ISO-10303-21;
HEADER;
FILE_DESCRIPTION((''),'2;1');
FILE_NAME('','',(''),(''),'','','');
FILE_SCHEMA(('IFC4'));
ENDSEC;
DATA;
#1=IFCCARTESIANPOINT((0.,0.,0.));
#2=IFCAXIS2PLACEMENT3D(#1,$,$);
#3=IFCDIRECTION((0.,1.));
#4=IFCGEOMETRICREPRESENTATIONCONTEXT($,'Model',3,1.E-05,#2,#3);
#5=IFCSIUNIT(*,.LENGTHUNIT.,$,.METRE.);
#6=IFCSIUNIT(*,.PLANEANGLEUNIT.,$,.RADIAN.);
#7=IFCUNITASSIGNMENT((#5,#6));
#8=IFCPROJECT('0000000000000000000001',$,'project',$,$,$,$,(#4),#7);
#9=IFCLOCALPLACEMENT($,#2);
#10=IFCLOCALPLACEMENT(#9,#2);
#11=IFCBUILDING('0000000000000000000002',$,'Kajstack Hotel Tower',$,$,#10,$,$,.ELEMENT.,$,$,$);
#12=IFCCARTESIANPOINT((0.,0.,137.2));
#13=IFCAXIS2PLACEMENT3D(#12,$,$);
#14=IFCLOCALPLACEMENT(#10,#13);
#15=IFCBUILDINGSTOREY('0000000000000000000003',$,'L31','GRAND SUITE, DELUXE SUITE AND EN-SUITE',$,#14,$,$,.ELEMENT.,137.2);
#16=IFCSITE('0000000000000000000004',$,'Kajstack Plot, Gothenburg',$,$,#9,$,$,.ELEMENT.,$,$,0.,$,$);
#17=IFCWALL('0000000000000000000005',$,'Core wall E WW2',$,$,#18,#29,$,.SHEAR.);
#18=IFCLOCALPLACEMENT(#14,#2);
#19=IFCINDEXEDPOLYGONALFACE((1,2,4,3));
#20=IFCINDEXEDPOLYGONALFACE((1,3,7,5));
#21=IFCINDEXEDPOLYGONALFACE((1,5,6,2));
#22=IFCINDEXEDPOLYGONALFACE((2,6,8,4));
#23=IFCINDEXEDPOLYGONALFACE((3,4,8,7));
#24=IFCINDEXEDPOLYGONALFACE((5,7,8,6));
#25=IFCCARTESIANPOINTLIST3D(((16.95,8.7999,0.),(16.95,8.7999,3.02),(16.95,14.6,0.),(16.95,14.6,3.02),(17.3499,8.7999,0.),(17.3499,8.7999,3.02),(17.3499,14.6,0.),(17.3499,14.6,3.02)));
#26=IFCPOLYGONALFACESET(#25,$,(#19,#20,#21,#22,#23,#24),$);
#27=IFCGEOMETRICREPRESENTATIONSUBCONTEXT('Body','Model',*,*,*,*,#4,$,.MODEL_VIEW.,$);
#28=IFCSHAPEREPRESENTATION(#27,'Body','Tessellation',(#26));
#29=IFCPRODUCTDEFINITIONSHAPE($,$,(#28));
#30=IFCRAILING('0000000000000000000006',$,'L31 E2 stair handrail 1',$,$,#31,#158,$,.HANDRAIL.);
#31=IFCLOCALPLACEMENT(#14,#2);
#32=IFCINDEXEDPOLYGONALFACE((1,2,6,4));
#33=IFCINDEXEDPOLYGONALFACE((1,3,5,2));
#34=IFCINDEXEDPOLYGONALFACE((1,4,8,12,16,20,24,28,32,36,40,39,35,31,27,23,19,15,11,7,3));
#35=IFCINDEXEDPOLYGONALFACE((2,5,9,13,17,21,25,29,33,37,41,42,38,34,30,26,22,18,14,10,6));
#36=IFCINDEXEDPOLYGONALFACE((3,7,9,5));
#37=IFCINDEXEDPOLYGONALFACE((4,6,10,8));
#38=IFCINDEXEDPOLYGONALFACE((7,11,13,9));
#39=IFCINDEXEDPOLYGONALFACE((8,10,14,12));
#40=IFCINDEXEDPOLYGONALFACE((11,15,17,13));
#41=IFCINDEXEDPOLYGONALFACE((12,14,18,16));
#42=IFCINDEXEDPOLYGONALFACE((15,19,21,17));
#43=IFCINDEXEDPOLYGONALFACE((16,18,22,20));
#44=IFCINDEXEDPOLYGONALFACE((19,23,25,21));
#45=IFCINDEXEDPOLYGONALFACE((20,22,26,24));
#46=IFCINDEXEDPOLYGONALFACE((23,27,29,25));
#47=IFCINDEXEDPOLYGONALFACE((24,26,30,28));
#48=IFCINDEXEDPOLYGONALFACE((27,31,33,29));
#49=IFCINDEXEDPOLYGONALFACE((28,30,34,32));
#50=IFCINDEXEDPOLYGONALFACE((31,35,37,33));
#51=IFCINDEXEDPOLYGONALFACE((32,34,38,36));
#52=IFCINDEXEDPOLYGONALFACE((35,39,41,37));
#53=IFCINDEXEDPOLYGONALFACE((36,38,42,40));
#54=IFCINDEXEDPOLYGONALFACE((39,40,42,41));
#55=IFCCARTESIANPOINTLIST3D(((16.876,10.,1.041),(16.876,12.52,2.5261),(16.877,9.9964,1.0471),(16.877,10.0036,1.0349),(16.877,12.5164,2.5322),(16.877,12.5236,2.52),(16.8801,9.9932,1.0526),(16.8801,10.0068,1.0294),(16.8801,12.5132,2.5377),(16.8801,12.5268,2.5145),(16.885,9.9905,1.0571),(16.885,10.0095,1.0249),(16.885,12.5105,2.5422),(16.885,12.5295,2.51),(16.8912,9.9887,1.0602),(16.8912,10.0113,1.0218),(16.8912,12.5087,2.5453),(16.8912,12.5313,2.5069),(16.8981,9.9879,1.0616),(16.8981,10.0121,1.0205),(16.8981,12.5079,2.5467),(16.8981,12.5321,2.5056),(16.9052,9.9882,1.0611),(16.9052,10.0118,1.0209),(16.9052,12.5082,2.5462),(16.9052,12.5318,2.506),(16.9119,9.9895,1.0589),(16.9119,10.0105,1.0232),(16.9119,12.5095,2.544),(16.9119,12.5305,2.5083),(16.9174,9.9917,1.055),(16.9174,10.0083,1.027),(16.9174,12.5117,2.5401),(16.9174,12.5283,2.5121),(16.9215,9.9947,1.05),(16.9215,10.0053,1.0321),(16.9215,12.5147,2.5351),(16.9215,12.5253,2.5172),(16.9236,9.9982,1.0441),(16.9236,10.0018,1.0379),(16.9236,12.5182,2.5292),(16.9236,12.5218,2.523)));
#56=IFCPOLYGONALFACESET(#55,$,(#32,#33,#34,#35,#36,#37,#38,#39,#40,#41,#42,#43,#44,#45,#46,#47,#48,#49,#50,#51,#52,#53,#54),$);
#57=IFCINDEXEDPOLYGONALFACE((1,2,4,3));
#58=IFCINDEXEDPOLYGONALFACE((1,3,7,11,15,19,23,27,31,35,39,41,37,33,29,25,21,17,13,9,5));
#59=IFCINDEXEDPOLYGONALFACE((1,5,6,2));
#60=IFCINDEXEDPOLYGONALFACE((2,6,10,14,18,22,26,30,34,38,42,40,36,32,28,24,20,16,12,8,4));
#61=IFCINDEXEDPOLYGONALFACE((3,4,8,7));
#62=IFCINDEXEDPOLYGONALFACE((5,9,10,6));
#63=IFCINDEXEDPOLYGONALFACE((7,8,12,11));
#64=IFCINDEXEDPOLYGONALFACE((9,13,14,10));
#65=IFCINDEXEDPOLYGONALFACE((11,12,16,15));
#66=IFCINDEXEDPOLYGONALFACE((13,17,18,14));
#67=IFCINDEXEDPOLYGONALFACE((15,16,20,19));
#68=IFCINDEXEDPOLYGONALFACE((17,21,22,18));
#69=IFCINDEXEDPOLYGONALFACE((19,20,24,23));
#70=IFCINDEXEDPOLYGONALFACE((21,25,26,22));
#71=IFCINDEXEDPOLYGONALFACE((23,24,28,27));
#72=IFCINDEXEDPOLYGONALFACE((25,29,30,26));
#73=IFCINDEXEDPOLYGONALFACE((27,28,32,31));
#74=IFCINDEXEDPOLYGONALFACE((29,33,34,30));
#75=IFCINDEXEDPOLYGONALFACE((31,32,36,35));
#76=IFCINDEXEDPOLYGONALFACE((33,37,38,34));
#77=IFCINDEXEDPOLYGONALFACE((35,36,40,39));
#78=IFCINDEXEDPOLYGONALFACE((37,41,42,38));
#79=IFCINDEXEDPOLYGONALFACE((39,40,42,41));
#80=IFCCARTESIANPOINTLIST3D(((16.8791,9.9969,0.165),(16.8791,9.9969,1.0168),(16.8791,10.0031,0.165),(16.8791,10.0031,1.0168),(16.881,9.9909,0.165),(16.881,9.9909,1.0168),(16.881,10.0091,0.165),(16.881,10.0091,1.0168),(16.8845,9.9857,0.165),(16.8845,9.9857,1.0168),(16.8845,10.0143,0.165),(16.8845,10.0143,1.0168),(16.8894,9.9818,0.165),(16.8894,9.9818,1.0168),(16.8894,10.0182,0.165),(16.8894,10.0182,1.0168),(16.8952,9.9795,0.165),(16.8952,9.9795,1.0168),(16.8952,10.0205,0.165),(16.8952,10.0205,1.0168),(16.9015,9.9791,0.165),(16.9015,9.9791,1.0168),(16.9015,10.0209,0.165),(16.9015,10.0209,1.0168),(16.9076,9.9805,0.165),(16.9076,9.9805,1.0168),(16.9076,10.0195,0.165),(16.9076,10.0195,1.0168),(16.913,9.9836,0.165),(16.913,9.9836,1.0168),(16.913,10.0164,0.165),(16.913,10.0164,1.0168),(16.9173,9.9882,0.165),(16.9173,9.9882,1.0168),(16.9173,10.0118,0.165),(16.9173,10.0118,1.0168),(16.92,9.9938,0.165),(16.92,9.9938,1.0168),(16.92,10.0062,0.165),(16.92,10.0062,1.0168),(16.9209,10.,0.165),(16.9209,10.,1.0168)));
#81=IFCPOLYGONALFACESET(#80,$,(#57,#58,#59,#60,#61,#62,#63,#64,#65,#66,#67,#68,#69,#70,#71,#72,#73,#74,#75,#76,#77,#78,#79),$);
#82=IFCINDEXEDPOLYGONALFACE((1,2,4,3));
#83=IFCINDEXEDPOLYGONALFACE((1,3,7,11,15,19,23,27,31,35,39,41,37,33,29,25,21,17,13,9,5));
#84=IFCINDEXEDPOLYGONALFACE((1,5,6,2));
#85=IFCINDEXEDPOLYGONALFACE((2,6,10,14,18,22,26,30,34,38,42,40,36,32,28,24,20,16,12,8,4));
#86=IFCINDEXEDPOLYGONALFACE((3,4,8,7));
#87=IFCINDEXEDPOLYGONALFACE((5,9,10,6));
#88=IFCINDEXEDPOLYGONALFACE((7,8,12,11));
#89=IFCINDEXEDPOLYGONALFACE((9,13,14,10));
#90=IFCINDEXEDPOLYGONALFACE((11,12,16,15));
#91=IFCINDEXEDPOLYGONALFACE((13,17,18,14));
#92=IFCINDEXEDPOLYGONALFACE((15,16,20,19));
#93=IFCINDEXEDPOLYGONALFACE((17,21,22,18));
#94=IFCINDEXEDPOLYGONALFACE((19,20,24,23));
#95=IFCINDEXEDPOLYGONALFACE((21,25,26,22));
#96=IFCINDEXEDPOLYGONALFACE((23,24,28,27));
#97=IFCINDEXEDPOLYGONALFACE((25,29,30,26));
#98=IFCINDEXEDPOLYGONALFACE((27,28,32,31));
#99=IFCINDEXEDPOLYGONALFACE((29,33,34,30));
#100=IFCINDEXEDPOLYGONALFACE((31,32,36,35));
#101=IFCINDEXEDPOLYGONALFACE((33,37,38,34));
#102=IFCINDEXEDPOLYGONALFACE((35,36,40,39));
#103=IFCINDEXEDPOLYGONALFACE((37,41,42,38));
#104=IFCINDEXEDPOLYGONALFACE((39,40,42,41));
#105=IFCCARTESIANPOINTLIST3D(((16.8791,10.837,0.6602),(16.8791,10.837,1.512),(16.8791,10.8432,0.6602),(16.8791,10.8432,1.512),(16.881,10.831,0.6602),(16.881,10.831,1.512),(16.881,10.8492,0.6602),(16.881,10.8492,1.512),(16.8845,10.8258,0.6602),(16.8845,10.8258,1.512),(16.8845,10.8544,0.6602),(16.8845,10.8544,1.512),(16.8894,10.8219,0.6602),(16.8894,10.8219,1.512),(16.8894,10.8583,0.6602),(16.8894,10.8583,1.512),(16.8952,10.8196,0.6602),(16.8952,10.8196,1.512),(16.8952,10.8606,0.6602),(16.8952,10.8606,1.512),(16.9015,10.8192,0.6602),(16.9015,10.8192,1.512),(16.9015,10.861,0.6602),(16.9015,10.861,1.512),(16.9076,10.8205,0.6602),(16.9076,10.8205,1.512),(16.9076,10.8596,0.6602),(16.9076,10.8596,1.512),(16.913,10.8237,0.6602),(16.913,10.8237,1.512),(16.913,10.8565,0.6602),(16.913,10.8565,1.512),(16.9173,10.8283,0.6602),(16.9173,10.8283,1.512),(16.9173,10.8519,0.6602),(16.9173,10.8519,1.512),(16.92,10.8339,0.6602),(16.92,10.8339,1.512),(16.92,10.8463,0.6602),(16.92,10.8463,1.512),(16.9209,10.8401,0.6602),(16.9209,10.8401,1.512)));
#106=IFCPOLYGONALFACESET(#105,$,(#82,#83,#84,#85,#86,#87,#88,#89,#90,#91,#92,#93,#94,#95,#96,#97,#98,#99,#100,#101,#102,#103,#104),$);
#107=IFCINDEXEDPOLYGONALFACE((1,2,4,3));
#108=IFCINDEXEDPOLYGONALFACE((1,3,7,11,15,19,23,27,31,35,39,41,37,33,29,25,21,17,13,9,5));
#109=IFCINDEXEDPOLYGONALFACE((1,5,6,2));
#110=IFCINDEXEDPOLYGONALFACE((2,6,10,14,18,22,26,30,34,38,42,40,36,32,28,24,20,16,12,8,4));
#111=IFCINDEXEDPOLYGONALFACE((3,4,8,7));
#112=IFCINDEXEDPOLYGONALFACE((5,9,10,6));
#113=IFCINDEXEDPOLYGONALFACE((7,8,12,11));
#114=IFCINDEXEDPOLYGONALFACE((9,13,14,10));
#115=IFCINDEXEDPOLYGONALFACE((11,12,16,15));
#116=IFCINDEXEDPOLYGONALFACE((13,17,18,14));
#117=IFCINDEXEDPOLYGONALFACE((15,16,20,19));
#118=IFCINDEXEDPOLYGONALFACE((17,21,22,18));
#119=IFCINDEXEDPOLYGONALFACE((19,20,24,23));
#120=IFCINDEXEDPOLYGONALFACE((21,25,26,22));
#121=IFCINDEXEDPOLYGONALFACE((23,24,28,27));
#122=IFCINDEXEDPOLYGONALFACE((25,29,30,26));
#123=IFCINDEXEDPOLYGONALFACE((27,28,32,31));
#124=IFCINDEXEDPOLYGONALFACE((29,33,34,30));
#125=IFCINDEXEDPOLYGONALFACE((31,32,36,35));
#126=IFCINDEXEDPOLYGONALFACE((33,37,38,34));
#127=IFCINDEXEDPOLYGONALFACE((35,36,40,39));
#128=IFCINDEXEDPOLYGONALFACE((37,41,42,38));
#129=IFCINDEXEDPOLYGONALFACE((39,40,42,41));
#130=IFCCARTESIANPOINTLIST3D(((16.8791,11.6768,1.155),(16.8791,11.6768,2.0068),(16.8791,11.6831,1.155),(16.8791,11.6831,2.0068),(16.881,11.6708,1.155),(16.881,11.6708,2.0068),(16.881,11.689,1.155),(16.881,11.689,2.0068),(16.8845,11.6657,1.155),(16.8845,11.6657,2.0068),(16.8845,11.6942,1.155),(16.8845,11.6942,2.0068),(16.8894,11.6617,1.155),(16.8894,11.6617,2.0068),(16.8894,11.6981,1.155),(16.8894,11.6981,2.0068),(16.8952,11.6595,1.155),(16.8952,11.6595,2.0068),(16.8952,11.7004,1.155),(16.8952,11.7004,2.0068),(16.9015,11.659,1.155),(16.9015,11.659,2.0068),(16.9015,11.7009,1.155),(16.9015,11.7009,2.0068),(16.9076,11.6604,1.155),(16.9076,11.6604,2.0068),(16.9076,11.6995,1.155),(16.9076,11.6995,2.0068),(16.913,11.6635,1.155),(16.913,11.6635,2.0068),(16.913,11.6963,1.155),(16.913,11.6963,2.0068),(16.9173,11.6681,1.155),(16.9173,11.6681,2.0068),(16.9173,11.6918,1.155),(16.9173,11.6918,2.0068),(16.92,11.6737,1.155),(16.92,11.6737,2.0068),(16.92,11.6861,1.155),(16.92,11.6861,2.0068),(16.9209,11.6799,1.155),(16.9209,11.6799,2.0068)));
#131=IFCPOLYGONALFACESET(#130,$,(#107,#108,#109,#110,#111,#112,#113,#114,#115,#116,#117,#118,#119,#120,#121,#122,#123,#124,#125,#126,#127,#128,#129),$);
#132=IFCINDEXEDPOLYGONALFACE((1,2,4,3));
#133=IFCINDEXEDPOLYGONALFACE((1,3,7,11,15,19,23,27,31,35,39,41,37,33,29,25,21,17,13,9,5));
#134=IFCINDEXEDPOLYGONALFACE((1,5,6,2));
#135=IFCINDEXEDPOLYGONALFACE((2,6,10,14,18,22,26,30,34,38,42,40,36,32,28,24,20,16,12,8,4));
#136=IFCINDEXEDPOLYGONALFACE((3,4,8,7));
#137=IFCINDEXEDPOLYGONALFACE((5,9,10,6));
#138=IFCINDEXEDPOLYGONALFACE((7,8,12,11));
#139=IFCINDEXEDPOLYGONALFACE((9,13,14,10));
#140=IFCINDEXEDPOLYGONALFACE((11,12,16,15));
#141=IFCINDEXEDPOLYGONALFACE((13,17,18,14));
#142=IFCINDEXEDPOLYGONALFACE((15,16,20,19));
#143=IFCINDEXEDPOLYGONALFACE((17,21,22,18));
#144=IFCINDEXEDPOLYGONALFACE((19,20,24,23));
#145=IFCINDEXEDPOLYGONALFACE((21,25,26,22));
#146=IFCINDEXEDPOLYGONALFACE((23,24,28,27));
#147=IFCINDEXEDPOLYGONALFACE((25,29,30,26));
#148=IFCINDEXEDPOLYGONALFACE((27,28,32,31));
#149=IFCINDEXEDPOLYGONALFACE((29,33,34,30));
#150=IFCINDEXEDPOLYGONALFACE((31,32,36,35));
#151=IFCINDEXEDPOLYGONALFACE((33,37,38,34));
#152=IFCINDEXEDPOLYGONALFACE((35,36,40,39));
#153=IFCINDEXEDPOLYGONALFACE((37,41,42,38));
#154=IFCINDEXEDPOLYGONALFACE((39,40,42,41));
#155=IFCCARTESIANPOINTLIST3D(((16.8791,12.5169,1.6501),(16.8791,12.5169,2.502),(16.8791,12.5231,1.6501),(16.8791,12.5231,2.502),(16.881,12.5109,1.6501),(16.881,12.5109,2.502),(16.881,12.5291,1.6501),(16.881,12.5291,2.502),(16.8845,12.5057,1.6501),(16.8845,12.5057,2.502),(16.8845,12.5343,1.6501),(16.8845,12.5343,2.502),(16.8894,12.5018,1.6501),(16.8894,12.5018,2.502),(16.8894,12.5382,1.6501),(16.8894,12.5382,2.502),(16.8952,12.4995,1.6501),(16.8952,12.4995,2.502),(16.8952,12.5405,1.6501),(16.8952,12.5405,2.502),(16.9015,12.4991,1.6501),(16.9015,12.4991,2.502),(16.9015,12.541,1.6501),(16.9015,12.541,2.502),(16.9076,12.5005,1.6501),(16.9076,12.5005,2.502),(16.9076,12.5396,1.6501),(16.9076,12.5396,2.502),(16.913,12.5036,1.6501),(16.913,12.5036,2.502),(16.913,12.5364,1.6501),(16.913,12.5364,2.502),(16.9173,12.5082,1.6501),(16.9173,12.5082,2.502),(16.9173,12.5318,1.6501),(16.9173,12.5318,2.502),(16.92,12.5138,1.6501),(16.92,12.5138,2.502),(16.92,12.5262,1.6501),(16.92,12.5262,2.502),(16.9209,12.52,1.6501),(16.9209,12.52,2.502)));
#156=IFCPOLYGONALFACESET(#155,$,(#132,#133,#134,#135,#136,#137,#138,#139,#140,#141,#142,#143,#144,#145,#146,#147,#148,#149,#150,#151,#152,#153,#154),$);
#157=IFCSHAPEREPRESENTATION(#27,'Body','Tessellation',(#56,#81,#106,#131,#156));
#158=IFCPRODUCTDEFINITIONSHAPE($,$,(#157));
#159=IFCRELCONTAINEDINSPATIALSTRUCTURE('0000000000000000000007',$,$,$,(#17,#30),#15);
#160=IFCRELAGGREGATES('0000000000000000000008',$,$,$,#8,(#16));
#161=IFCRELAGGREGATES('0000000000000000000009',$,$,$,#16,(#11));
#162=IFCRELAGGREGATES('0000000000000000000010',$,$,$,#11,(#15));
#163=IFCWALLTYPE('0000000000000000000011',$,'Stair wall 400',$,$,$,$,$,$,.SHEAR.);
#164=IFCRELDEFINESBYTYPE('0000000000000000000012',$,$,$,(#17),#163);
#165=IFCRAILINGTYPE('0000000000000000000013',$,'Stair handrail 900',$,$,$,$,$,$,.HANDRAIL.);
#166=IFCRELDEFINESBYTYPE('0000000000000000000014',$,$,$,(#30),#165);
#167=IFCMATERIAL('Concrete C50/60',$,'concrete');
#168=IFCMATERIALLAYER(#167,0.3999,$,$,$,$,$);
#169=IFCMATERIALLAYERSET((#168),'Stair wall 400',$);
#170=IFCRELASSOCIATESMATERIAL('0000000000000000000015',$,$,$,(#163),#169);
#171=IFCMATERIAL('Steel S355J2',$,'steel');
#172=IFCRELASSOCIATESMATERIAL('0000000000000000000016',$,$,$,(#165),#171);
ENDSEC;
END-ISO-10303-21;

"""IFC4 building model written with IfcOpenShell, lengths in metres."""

from ifc_helpers import new_model, si_unit, direction, frame, frame_2d, origin, origin_2d, place, context, subcontext, project, spatial, rectangle, circle, extrude, material, layer, layer_set, type_object, element, save


model = new_model("IFC4")

# Units and contexts
model_context = context("Model", 3, precision=1e-05, world=origin(), true_north=direction((0.0, 1.0)))
body_context = subcontext(model_context, "Body", "Model", "MODEL_VIEW")
ifc_project = project(units=[si_unit("LENGTHUNIT", "METRE"), si_unit("PLANEANGLEUNIT", "RADIAN")], contexts=[model_context])

# Site, building, storey
site_placement = place(None, origin())
site = spatial("IfcSite", under=ifc_project, at=site_placement, Name="Kajstack Plot, Gothenburg", CompositionType="ELEMENT", RefElevation=0.0)
building_placement = place(site_placement, origin())
building = spatial("IfcBuilding", under=site, at=building_placement, Name="Kajstack Hotel Tower", CompositionType="ELEMENT")
storey_placement = place(building_placement, frame((0.0, 0.0, 137.2)))
storey = spatial("IfcBuildingStorey", under=building, at=storey_placement, Name="L31", Description="GRAND SUITE, DELUXE SUITE AND EN-SUITE", CompositionType="ELEMENT", Elevation=137.2)

# Shared definitions
ifc_material_1 = material(Name="Concrete C50/60", Category="concrete")

# Wall
ifc_layer_1 = layer(ifc_material_1, 0.3999)
ifc_layer_set_1 = layer_set([ifc_layer_1], Name="Stair wall 400")
wall_type_1 = type_object("IfcWallType", Name="Stair wall 400", PredefinedType="SHEAR", material=ifc_layer_set_1)
wall_1_placement = place(storey_placement, frame((17.1499, 8.8, 0.0), z_axis=(0.0, 0.0, 1.0), x_axis=(0.0, 1.0, 0.0)))
element("IfcWall", 1, at=wall_1_placement, inside=storey, type_object=wall_type_1, Name="Core wall E WW2", PredefinedType="SHEAR", context=body_context, shape_type="SweptSolid", body=[
    extrude(rectangle(XDim=5.8, YDim=0.3999, at=frame_2d((2.8999, 0.0))), origin(), (0.0, 0.0, 1.0), 3.02),
])

# Railing
ifc_material_2 = material(Name="Steel S355J2", Category="steel")
railing_type_1 = type_object("IfcRailingType", Name="Stair handrail 900", PredefinedType="HANDRAIL", material=ifc_material_2)
railing_1_placement = place(storey_placement, frame((16.8999, 10.0, 0.165)))
element("IfcRailing", 2, at=railing_1_placement, inside=storey, type_object=railing_type_1, Name="L31 E2 stair handrail 1", PredefinedType="HANDRAIL", context=body_context, shape_type="SweptSolid", body=[
    extrude(circle(Radius=0.0239, at=origin_2d()), frame((0.0, 0.0, 0.876), z_axis=(0.0, 0.861524, 0.507717), x_axis=(-1.0, 0.0, 0.0)), (0.0, 0.0, 1.0), 2.925),
    extrude(circle(Radius=0.021, at=origin_2d()), origin(), (0.0, 0.0, 1.0), 0.8518),
    extrude(circle(Radius=0.021, at=origin_2d()), frame((0.0, 0.8401, 0.4951)), (0.0, 0.0, 1.0), 0.8518),
    extrude(circle(Radius=0.021, at=origin_2d()), frame((0.0, 1.6799, 0.99)), (0.0, 0.0, 1.0), 0.8518),
    extrude(circle(Radius=0.021, at=origin_2d()), frame((0.0, 2.52, 1.4851)), (0.0, 0.0, 1.0), 0.8518),
])

save(model, "model.ifc")
